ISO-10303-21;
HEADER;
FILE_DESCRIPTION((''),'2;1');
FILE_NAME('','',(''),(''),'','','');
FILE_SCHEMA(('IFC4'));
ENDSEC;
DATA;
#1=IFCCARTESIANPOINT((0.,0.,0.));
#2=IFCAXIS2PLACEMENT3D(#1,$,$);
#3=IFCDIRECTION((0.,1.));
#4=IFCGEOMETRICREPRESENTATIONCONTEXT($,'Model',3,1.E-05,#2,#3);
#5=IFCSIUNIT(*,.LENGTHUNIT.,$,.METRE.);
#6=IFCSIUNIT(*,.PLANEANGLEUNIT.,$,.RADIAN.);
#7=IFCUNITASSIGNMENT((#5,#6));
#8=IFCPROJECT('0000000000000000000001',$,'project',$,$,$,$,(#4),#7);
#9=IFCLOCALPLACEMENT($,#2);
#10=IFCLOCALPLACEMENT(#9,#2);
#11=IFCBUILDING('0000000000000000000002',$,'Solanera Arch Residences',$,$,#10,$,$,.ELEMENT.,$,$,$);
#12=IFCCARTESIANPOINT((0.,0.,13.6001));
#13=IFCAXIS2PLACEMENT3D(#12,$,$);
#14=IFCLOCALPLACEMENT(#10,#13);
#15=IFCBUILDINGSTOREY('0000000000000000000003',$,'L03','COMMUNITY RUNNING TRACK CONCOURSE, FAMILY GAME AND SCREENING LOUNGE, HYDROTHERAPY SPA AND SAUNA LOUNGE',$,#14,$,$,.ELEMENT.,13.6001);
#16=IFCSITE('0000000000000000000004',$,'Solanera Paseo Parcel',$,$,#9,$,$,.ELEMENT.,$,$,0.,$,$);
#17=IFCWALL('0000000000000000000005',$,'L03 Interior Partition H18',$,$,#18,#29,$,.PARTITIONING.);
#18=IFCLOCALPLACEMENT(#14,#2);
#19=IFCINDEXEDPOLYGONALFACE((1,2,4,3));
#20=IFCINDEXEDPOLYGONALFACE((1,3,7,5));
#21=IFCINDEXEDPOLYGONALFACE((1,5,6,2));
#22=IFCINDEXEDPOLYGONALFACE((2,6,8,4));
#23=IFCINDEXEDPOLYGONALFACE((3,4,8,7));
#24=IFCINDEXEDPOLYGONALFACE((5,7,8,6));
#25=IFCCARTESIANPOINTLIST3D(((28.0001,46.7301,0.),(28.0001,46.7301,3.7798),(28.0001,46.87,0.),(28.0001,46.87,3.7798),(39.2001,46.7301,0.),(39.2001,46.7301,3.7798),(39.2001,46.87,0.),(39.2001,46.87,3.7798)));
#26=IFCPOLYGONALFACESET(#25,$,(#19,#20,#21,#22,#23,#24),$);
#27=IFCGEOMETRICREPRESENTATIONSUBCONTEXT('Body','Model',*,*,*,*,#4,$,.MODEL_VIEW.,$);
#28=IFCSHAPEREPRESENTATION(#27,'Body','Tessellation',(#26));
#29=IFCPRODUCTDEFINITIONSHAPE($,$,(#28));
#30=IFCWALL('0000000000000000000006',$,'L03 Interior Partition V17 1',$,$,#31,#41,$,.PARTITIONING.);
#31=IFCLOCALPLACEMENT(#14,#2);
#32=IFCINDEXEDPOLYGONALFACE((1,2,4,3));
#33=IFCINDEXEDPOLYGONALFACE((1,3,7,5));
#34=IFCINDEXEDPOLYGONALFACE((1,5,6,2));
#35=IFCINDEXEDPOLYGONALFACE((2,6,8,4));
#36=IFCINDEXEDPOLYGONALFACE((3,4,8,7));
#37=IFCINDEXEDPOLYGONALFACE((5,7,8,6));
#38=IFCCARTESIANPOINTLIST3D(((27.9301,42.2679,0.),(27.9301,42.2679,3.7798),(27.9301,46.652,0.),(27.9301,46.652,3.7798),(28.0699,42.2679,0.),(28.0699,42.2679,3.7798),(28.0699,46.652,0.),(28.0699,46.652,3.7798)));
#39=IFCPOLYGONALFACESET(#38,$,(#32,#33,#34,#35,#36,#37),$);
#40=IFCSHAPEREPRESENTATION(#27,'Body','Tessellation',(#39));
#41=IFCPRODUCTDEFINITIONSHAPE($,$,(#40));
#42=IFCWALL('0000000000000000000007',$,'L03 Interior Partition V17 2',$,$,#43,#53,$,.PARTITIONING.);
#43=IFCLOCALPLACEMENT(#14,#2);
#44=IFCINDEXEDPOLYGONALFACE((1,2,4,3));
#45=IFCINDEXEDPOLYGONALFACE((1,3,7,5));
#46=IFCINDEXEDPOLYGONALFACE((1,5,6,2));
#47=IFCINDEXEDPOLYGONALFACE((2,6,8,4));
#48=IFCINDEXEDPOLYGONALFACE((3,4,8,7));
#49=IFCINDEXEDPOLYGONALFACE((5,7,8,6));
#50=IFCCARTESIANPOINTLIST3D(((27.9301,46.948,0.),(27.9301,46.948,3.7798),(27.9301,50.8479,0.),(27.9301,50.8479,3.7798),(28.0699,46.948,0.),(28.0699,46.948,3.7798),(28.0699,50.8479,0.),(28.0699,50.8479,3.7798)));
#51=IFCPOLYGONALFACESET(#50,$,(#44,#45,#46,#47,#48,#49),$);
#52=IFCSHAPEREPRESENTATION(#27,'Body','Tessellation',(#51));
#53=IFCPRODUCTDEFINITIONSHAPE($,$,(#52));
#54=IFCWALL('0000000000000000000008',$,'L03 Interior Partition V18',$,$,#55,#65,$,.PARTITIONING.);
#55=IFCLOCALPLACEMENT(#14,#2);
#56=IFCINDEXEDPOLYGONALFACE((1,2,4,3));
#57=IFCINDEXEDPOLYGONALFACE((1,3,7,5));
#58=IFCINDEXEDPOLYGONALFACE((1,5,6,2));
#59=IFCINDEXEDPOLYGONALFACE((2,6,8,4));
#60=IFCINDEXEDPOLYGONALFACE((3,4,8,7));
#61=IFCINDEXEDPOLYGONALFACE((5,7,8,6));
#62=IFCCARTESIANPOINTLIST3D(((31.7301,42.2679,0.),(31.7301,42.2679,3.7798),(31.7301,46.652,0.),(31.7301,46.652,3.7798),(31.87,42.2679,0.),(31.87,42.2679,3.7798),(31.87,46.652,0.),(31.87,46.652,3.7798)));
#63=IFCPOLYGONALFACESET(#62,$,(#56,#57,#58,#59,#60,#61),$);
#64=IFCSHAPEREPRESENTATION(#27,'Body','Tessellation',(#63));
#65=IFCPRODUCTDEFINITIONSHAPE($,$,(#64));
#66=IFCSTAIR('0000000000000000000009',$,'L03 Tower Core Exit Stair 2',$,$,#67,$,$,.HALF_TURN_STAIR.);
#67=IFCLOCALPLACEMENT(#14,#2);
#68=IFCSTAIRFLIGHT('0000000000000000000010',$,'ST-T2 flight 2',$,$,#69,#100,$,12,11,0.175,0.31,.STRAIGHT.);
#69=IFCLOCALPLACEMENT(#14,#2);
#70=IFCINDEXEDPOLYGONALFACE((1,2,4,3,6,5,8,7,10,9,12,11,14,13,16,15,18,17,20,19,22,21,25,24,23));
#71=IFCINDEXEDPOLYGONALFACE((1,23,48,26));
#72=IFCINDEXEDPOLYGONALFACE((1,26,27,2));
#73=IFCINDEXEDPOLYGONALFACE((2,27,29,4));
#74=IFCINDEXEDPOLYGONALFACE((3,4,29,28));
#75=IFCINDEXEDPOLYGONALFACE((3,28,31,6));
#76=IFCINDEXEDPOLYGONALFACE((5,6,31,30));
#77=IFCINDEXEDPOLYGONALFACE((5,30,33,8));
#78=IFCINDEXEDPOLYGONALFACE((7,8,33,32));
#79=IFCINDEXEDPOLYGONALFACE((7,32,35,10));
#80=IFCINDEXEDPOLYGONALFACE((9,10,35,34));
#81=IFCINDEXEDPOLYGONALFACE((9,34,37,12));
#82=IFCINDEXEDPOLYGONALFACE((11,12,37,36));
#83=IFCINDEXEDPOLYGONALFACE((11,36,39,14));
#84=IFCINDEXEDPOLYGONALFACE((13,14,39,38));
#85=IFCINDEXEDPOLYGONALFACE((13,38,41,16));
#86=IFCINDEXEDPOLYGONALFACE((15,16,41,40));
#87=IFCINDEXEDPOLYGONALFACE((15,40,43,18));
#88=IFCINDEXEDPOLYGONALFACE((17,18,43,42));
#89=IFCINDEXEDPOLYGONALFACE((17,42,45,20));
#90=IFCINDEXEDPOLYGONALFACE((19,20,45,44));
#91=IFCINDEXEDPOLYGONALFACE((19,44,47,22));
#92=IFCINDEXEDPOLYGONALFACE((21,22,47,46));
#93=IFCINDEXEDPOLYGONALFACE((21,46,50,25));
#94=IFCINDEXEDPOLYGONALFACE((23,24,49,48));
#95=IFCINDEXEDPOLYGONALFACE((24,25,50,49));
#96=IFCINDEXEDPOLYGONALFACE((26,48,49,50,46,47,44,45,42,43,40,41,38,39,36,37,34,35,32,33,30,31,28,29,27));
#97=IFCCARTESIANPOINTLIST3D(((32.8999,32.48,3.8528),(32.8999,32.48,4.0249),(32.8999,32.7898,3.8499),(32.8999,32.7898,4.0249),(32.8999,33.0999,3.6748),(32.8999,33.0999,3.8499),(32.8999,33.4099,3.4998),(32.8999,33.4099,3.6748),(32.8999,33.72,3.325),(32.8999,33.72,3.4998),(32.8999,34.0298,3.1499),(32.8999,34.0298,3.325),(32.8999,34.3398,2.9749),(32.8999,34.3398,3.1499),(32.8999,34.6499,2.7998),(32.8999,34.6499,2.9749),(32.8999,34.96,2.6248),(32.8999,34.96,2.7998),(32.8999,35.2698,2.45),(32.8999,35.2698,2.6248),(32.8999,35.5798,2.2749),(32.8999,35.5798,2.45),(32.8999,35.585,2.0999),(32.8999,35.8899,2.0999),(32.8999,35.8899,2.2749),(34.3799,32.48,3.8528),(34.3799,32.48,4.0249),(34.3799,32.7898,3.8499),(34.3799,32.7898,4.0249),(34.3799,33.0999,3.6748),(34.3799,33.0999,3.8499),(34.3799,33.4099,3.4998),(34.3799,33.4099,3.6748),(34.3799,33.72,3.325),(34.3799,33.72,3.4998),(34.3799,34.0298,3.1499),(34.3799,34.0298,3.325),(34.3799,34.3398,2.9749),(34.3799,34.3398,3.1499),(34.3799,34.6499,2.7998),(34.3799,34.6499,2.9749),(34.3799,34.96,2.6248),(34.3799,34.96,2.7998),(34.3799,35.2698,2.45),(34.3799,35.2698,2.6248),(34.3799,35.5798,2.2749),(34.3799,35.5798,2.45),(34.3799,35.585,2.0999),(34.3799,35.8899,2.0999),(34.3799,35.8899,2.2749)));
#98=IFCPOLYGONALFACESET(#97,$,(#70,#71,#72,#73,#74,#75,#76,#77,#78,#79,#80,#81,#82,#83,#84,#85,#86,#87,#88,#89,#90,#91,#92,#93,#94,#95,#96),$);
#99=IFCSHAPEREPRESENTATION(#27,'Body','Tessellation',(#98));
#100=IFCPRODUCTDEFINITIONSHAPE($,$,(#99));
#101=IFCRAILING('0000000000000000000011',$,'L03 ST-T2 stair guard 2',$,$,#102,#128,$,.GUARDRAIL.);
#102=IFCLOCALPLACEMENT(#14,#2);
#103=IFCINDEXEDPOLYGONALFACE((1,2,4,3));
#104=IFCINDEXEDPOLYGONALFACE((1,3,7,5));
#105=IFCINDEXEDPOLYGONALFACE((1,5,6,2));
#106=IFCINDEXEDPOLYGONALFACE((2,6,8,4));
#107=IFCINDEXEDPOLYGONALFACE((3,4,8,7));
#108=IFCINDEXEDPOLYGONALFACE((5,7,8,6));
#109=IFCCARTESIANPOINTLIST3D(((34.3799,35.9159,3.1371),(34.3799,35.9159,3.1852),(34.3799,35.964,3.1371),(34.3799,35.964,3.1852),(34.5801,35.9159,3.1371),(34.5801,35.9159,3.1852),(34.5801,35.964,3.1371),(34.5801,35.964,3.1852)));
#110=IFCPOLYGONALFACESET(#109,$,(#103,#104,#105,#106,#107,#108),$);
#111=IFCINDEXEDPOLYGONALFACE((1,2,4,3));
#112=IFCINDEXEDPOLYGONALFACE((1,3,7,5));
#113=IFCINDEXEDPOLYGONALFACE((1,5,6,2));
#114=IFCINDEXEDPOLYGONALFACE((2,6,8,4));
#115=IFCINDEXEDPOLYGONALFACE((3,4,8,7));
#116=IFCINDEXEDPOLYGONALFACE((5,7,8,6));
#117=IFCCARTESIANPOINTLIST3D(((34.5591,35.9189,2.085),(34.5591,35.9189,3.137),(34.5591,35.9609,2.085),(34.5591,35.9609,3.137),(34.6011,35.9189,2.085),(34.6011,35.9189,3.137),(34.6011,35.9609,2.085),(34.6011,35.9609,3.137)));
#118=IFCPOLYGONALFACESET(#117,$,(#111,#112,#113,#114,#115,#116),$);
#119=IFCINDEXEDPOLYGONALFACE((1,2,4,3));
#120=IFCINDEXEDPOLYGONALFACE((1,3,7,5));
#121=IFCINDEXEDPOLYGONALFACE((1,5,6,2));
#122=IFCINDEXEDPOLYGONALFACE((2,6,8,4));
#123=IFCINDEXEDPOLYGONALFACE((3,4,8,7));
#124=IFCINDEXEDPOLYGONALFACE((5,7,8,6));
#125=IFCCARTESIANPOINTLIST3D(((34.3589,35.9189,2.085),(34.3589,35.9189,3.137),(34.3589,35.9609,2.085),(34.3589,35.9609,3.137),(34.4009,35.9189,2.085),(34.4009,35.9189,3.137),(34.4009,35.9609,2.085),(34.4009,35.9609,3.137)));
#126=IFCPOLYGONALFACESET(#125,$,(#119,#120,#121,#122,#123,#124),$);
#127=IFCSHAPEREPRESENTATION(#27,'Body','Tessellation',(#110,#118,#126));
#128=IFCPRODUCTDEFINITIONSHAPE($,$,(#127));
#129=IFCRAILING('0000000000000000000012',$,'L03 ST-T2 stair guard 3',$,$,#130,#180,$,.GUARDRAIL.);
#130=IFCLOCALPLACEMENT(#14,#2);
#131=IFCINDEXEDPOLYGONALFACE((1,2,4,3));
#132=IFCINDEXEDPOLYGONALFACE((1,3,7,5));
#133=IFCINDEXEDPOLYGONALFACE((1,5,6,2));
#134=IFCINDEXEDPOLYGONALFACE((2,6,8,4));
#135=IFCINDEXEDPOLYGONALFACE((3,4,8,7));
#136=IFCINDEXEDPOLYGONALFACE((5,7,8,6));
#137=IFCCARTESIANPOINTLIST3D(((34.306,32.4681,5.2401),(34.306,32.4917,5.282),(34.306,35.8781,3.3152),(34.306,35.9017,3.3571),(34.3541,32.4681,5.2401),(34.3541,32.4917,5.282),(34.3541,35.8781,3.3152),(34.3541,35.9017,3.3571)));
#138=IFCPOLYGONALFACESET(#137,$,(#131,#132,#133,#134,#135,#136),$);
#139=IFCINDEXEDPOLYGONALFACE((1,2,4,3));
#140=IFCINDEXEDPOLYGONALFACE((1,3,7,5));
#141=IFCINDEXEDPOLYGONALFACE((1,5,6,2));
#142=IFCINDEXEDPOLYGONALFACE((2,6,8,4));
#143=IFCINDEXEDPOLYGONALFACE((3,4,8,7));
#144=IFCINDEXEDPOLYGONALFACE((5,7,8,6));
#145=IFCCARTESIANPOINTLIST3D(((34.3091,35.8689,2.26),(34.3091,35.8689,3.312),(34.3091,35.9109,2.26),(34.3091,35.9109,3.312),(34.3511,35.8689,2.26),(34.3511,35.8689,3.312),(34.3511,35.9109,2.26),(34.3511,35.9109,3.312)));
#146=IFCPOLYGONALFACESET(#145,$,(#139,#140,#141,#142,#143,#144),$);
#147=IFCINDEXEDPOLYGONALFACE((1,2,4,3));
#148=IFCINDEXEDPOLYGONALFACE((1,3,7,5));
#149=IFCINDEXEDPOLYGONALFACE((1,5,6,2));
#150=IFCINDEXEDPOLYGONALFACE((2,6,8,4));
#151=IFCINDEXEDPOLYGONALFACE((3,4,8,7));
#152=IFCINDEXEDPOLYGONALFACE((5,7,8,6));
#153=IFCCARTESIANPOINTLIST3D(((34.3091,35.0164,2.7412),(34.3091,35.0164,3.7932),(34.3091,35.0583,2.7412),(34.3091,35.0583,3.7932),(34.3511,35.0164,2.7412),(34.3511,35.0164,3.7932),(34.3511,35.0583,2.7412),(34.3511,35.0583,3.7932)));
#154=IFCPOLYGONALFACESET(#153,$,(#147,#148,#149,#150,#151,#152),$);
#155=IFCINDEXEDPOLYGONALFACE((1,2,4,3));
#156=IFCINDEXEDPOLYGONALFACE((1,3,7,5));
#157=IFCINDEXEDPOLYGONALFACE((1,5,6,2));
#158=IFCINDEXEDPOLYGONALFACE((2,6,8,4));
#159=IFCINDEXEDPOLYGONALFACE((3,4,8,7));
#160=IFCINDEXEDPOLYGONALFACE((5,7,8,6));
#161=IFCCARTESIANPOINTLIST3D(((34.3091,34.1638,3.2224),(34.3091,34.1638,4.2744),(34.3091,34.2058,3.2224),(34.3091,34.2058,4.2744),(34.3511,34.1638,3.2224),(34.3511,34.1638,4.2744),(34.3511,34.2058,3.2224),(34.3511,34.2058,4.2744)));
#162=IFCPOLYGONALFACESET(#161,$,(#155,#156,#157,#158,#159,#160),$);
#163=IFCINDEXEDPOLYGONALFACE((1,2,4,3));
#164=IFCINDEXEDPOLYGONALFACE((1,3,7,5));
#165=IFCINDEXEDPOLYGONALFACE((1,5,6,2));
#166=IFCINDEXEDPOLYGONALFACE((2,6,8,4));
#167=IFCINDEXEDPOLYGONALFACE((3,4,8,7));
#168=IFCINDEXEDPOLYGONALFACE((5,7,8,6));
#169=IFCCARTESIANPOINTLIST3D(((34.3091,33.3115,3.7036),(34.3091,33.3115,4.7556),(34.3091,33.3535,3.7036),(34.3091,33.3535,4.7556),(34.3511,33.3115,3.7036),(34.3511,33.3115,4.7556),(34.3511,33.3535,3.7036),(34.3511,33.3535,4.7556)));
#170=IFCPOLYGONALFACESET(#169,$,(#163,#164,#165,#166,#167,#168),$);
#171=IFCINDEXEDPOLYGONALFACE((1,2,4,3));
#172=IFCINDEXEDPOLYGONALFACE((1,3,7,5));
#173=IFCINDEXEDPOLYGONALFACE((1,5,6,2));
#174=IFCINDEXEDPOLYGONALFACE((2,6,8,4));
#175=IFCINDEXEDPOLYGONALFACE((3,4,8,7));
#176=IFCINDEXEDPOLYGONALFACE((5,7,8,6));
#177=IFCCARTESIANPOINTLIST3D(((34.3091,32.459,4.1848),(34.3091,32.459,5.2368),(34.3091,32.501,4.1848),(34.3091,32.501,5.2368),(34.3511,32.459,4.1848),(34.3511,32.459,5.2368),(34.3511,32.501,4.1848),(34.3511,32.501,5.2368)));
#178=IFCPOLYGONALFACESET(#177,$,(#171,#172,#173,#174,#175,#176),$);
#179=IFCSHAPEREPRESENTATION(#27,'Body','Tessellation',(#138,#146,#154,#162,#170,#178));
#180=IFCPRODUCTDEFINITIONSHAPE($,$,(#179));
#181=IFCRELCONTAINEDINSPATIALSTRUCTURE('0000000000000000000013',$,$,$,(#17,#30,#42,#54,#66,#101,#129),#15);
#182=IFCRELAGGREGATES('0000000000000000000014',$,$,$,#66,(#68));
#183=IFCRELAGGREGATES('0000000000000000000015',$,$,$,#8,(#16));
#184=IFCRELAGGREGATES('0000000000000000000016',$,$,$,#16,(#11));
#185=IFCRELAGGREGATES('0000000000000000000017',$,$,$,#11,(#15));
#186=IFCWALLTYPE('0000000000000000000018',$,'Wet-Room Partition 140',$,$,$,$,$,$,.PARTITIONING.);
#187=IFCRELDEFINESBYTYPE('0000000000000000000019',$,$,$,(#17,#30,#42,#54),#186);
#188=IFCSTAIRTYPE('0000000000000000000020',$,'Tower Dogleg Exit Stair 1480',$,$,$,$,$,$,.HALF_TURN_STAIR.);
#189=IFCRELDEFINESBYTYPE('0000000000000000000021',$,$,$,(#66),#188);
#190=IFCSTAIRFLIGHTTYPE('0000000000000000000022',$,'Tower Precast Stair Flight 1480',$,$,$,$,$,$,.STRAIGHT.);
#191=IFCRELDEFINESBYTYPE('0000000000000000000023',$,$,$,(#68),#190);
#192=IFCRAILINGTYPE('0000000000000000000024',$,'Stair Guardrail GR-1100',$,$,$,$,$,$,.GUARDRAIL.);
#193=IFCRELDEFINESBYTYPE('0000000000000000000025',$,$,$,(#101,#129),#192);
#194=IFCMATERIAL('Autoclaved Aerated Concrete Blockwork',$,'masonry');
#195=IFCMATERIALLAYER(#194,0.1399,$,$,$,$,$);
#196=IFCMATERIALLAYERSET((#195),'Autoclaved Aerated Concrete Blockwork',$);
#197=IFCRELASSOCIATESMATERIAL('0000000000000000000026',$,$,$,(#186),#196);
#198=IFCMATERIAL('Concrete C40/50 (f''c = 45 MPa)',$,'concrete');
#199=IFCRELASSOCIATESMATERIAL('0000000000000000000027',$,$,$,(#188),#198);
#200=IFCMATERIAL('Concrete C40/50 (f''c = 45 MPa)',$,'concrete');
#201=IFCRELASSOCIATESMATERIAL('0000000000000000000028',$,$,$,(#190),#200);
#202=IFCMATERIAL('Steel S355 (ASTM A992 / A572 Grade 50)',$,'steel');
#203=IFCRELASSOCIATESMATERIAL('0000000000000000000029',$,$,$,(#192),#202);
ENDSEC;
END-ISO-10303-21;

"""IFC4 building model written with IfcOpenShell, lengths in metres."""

from ifc_helpers import new_model, si_unit, direction, frame, frame_2d, origin, origin_2d, place, context, subcontext, project, spatial, polyline, rectangle, outline, extrude, material, layer, layer_set, type_object, element, aggregate, save


model = new_model("IFC4")

# Units and contexts
model_context = context("Model", 3, precision=1e-05, world=origin(), true_north=direction((0.0, 1.0)))
body_context = subcontext(model_context, "Body", "Model", "MODEL_VIEW")
ifc_project = project(units=[si_unit("LENGTHUNIT", "METRE"), si_unit("PLANEANGLEUNIT", "RADIAN")], contexts=[model_context])

# Site, building, storey
site_placement = place(None, origin())
site = spatial("IfcSite", under=ifc_project, at=site_placement, Name="Solanera Paseo Parcel", CompositionType="ELEMENT", RefElevation=0.0)
building_placement = place(site_placement, origin())
building = spatial("IfcBuilding", under=site, at=building_placement, Name="Solanera Arch Residences", CompositionType="ELEMENT")
storey_placement = place(building_placement, frame((0.0, 0.0, 13.6001)))
storey = spatial("IfcBuildingStorey", under=building, at=storey_placement, Name="L03", Description="COMMUNITY RUNNING TRACK CONCOURSE, FAMILY GAME AND SCREENING LOUNGE, HYDROTHERAPY SPA AND SAUNA LOUNGE", CompositionType="ELEMENT", Elevation=13.6001)

# Walls
ifc_material_1 = material(Name="Autoclaved Aerated Concrete Blockwork", Category="masonry")
ifc_layer_1 = layer(ifc_material_1, 0.1399)
ifc_layer_set_1 = layer_set([ifc_layer_1], Name="Autoclaved Aerated Concrete Blockwork")
wall_type_1 = type_object("IfcWallType", Name="Wet-Room Partition 140", PredefinedType="PARTITIONING", material=ifc_layer_set_1)
wall_1_placement = place(storey_placement, frame((28.0, 46.8, 0.0), z_axis=(0.0, 0.0, 1.0), x_axis=(1.0, 0.0, 0.0)))
element("IfcWall", 1, at=wall_1_placement, inside=storey, type_object=wall_type_1, Name="L03 Interior Partition H18", PredefinedType="PARTITIONING", context=body_context, shape_type="SweptSolid", body=[
    extrude(rectangle(XDim=11.2, YDim=0.1399, at=frame_2d((5.6001, 0.0))), origin(), (0.0, 0.0, 1.0), 3.7798),
])
wall_2_placement = place(storey_placement, frame((28.0, 42.2681, 0.0), z_axis=(0.0, 0.0, 1.0), x_axis=(0.0, 1.0, 0.0)))
element("IfcWall", 2, at=wall_2_placement, inside=storey, type_object=wall_type_1, Name="L03 Interior Partition V17 1", PredefinedType="PARTITIONING", context=body_context, shape_type="SweptSolid", body=[
    extrude(rectangle(XDim=4.384, YDim=0.1399, at=frame_2d((2.1919, 0.0))), origin(), (0.0, 0.0, 1.0), 3.7798),
])
wall_3_placement = place(storey_placement, frame((28.0, 46.948, 0.0), z_axis=(0.0, 0.0, 1.0), x_axis=(0.0, 1.0, 0.0)))
element("IfcWall", 3, at=wall_3_placement, inside=storey, type_object=wall_type_1, Name="L03 Interior Partition V17 2", PredefinedType="PARTITIONING", context=body_context, shape_type="SweptSolid", body=[
    extrude(rectangle(XDim=3.8999, YDim=0.1399, at=frame_2d((1.95, 0.0))), origin(), (0.0, 0.0, 1.0), 3.7798),
])
wall_4_placement = place(storey_placement, frame((31.8, 42.2681, 0.0), z_axis=(0.0, 0.0, 1.0), x_axis=(0.0, 1.0, 0.0)))
element("IfcWall", 4, at=wall_4_placement, inside=storey, type_object=wall_type_1, Name="L03 Interior Partition V18", PredefinedType="PARTITIONING", context=body_context, shape_type="SweptSolid", body=[
    extrude(rectangle(XDim=4.384, YDim=0.1399, at=frame_2d((2.1919, 0.0))), origin(), (0.0, 0.0, 1.0), 3.7798),
])

# Stair, stair flight
ifc_material_2 = material(Name="Concrete C40/50 (f'c = 45 MPa)", Category="concrete")
stair_type = type_object("IfcStairType", Name="Tower Dogleg Exit Stair 1480", PredefinedType="HALF_TURN_STAIR", material=ifc_material_2)
stair_placement = place(storey_placement, origin())
stair = element("IfcStair", 5, at=stair_placement, inside=storey, type_object=stair_type, Name="L03 Tower Core Exit Stair 2", PredefinedType="HALF_TURN_STAIR")
ifc_material_3 = material(Name="Concrete C40/50 (f'c = 45 MPa)", Category="concrete")
stair_flight_type = type_object("IfcStairFlightType", Name="Tower Precast Stair Flight 1480", PredefinedType="STRAIGHT", material=ifc_material_3)
stair_flight_placement = place(storey_placement, frame((33.6399, 35.8899, 2.0999), z_axis=(0.0, 0.0, 1.0), x_axis=(0.0, -1.0, 0.0)))
stair_flight = element("IfcStairFlight", 6, at=stair_flight_placement, type_object=stair_flight_type, Name="ST-T2 flight 2", NumberOfRisers=12, NumberOfTreads=11, PredefinedType="STRAIGHT", RiserHeight=0.175, TreadLength=0.31, context=body_context, shape_type="SweptSolid", body=[
    extrude(outline(polyline([(0.0, 0.0), (0.0, 0.175), (0.3101, 0.175), (0.3101, 0.3501), (0.6201, 0.3501), (0.6201, 0.5249), (0.9299, 0.5249), (0.9299, 0.7), (1.24, 0.7), (1.24, 0.875), (1.55, 0.875), (1.55, 1.05), (1.8601, 1.05), (1.8601, 1.2251), (2.1699, 1.2251), (2.1699, 1.3999), (2.48, 1.3999), (2.48, 1.575), (2.79, 1.575), (2.79, 1.75), (3.1001, 1.75), (3.1001, 1.925), (3.4099, 1.925), (3.4099, 2.1001), (3.4099, 1.7529), (0.3049, 0.0), (0.0, 0.0)])), frame((0.0, 0.74, 0.0), z_axis=(0.0, -1.0, 0.0), x_axis=(1.0, 0.0, 0.0)), (0.0, 0.0, 1.0), 1.48),
])
aggregate(stair, [stair_flight])

# Railings
ifc_material_4 = material(Name="Steel S355 (ASTM A992 / A572 Grade 50)", Category="steel")
railing_type = type_object("IfcRailingType", Name="Stair Guardrail GR-1100", PredefinedType="GUARDRAIL", material=ifc_material_4)
railing_1_placement = place(storey_placement, frame((34.5801, 35.9399, 2.085)))
element("IfcRailing", 7, at=railing_1_placement, inside=storey, type_object=railing_type, Name="L03 ST-T2 stair guard 2", PredefinedType="GUARDRAIL", context=body_context, shape_type="SweptSolid", body=[
    extrude(rectangle(XDim=0.0481, YDim=0.0481, at=origin_2d()), frame((0.0, 0.0, 1.0762), z_axis=(-1.0, 0.0, 0.0), x_axis=(0.0, -1.0, 0.0)), (0.0, 0.0, 1.0), 0.2002),
    extrude(rectangle(XDim=0.042, YDim=0.042, at=origin_2d()), origin(), (0.0, 0.0, 1.0), 1.052),
    extrude(rectangle(XDim=0.042, YDim=0.042, at=origin_2d()), frame((-0.2002, 0.0, 0.0)), (0.0, 0.0, 1.0), 1.052),
])
railing_2_placement = place(storey_placement, frame((34.3301, 35.8899, 2.26)))
element("IfcRailing", 8, at=railing_2_placement, inside=storey, type_object=railing_type, Name="L03 ST-T2 stair guard 3", PredefinedType="GUARDRAIL", context=body_context, shape_type="SweptSolid", body=[
    extrude(rectangle(XDim=0.0481, YDim=0.0481, at=origin_2d()), frame((0.0, 0.0, 1.0762), z_axis=(0.0, -0.87084, 0.491566), x_axis=(1.0, 0.0, 0.0)), (0.0, 0.0, 1.0), 3.9158),
    extrude(rectangle(XDim=0.042, YDim=0.042, at=origin_2d()), origin(), (0.0, 0.0, 1.0), 1.052),
    extrude(rectangle(XDim=0.042, YDim=0.042, at=origin_2d()), frame((0.0, -0.8525, 0.4812)), (0.0, 0.0, 1.0), 1.052),
    extrude(rectangle(XDim=0.042, YDim=0.042, at=origin_2d()), frame((0.0, -1.7051, 0.9624)), (0.0, 0.0, 1.0), 1.052),
    extrude(rectangle(XDim=0.042, YDim=0.042, at=origin_2d()), frame((0.0, -2.5574, 1.4436)), (0.0, 0.0, 1.0), 1.052),
    extrude(rectangle(XDim=0.042, YDim=0.042, at=origin_2d()), frame((0.0, -3.4099, 1.9248)), (0.0, 0.0, 1.0), 1.052),
])

save(model, "model.ifc")
